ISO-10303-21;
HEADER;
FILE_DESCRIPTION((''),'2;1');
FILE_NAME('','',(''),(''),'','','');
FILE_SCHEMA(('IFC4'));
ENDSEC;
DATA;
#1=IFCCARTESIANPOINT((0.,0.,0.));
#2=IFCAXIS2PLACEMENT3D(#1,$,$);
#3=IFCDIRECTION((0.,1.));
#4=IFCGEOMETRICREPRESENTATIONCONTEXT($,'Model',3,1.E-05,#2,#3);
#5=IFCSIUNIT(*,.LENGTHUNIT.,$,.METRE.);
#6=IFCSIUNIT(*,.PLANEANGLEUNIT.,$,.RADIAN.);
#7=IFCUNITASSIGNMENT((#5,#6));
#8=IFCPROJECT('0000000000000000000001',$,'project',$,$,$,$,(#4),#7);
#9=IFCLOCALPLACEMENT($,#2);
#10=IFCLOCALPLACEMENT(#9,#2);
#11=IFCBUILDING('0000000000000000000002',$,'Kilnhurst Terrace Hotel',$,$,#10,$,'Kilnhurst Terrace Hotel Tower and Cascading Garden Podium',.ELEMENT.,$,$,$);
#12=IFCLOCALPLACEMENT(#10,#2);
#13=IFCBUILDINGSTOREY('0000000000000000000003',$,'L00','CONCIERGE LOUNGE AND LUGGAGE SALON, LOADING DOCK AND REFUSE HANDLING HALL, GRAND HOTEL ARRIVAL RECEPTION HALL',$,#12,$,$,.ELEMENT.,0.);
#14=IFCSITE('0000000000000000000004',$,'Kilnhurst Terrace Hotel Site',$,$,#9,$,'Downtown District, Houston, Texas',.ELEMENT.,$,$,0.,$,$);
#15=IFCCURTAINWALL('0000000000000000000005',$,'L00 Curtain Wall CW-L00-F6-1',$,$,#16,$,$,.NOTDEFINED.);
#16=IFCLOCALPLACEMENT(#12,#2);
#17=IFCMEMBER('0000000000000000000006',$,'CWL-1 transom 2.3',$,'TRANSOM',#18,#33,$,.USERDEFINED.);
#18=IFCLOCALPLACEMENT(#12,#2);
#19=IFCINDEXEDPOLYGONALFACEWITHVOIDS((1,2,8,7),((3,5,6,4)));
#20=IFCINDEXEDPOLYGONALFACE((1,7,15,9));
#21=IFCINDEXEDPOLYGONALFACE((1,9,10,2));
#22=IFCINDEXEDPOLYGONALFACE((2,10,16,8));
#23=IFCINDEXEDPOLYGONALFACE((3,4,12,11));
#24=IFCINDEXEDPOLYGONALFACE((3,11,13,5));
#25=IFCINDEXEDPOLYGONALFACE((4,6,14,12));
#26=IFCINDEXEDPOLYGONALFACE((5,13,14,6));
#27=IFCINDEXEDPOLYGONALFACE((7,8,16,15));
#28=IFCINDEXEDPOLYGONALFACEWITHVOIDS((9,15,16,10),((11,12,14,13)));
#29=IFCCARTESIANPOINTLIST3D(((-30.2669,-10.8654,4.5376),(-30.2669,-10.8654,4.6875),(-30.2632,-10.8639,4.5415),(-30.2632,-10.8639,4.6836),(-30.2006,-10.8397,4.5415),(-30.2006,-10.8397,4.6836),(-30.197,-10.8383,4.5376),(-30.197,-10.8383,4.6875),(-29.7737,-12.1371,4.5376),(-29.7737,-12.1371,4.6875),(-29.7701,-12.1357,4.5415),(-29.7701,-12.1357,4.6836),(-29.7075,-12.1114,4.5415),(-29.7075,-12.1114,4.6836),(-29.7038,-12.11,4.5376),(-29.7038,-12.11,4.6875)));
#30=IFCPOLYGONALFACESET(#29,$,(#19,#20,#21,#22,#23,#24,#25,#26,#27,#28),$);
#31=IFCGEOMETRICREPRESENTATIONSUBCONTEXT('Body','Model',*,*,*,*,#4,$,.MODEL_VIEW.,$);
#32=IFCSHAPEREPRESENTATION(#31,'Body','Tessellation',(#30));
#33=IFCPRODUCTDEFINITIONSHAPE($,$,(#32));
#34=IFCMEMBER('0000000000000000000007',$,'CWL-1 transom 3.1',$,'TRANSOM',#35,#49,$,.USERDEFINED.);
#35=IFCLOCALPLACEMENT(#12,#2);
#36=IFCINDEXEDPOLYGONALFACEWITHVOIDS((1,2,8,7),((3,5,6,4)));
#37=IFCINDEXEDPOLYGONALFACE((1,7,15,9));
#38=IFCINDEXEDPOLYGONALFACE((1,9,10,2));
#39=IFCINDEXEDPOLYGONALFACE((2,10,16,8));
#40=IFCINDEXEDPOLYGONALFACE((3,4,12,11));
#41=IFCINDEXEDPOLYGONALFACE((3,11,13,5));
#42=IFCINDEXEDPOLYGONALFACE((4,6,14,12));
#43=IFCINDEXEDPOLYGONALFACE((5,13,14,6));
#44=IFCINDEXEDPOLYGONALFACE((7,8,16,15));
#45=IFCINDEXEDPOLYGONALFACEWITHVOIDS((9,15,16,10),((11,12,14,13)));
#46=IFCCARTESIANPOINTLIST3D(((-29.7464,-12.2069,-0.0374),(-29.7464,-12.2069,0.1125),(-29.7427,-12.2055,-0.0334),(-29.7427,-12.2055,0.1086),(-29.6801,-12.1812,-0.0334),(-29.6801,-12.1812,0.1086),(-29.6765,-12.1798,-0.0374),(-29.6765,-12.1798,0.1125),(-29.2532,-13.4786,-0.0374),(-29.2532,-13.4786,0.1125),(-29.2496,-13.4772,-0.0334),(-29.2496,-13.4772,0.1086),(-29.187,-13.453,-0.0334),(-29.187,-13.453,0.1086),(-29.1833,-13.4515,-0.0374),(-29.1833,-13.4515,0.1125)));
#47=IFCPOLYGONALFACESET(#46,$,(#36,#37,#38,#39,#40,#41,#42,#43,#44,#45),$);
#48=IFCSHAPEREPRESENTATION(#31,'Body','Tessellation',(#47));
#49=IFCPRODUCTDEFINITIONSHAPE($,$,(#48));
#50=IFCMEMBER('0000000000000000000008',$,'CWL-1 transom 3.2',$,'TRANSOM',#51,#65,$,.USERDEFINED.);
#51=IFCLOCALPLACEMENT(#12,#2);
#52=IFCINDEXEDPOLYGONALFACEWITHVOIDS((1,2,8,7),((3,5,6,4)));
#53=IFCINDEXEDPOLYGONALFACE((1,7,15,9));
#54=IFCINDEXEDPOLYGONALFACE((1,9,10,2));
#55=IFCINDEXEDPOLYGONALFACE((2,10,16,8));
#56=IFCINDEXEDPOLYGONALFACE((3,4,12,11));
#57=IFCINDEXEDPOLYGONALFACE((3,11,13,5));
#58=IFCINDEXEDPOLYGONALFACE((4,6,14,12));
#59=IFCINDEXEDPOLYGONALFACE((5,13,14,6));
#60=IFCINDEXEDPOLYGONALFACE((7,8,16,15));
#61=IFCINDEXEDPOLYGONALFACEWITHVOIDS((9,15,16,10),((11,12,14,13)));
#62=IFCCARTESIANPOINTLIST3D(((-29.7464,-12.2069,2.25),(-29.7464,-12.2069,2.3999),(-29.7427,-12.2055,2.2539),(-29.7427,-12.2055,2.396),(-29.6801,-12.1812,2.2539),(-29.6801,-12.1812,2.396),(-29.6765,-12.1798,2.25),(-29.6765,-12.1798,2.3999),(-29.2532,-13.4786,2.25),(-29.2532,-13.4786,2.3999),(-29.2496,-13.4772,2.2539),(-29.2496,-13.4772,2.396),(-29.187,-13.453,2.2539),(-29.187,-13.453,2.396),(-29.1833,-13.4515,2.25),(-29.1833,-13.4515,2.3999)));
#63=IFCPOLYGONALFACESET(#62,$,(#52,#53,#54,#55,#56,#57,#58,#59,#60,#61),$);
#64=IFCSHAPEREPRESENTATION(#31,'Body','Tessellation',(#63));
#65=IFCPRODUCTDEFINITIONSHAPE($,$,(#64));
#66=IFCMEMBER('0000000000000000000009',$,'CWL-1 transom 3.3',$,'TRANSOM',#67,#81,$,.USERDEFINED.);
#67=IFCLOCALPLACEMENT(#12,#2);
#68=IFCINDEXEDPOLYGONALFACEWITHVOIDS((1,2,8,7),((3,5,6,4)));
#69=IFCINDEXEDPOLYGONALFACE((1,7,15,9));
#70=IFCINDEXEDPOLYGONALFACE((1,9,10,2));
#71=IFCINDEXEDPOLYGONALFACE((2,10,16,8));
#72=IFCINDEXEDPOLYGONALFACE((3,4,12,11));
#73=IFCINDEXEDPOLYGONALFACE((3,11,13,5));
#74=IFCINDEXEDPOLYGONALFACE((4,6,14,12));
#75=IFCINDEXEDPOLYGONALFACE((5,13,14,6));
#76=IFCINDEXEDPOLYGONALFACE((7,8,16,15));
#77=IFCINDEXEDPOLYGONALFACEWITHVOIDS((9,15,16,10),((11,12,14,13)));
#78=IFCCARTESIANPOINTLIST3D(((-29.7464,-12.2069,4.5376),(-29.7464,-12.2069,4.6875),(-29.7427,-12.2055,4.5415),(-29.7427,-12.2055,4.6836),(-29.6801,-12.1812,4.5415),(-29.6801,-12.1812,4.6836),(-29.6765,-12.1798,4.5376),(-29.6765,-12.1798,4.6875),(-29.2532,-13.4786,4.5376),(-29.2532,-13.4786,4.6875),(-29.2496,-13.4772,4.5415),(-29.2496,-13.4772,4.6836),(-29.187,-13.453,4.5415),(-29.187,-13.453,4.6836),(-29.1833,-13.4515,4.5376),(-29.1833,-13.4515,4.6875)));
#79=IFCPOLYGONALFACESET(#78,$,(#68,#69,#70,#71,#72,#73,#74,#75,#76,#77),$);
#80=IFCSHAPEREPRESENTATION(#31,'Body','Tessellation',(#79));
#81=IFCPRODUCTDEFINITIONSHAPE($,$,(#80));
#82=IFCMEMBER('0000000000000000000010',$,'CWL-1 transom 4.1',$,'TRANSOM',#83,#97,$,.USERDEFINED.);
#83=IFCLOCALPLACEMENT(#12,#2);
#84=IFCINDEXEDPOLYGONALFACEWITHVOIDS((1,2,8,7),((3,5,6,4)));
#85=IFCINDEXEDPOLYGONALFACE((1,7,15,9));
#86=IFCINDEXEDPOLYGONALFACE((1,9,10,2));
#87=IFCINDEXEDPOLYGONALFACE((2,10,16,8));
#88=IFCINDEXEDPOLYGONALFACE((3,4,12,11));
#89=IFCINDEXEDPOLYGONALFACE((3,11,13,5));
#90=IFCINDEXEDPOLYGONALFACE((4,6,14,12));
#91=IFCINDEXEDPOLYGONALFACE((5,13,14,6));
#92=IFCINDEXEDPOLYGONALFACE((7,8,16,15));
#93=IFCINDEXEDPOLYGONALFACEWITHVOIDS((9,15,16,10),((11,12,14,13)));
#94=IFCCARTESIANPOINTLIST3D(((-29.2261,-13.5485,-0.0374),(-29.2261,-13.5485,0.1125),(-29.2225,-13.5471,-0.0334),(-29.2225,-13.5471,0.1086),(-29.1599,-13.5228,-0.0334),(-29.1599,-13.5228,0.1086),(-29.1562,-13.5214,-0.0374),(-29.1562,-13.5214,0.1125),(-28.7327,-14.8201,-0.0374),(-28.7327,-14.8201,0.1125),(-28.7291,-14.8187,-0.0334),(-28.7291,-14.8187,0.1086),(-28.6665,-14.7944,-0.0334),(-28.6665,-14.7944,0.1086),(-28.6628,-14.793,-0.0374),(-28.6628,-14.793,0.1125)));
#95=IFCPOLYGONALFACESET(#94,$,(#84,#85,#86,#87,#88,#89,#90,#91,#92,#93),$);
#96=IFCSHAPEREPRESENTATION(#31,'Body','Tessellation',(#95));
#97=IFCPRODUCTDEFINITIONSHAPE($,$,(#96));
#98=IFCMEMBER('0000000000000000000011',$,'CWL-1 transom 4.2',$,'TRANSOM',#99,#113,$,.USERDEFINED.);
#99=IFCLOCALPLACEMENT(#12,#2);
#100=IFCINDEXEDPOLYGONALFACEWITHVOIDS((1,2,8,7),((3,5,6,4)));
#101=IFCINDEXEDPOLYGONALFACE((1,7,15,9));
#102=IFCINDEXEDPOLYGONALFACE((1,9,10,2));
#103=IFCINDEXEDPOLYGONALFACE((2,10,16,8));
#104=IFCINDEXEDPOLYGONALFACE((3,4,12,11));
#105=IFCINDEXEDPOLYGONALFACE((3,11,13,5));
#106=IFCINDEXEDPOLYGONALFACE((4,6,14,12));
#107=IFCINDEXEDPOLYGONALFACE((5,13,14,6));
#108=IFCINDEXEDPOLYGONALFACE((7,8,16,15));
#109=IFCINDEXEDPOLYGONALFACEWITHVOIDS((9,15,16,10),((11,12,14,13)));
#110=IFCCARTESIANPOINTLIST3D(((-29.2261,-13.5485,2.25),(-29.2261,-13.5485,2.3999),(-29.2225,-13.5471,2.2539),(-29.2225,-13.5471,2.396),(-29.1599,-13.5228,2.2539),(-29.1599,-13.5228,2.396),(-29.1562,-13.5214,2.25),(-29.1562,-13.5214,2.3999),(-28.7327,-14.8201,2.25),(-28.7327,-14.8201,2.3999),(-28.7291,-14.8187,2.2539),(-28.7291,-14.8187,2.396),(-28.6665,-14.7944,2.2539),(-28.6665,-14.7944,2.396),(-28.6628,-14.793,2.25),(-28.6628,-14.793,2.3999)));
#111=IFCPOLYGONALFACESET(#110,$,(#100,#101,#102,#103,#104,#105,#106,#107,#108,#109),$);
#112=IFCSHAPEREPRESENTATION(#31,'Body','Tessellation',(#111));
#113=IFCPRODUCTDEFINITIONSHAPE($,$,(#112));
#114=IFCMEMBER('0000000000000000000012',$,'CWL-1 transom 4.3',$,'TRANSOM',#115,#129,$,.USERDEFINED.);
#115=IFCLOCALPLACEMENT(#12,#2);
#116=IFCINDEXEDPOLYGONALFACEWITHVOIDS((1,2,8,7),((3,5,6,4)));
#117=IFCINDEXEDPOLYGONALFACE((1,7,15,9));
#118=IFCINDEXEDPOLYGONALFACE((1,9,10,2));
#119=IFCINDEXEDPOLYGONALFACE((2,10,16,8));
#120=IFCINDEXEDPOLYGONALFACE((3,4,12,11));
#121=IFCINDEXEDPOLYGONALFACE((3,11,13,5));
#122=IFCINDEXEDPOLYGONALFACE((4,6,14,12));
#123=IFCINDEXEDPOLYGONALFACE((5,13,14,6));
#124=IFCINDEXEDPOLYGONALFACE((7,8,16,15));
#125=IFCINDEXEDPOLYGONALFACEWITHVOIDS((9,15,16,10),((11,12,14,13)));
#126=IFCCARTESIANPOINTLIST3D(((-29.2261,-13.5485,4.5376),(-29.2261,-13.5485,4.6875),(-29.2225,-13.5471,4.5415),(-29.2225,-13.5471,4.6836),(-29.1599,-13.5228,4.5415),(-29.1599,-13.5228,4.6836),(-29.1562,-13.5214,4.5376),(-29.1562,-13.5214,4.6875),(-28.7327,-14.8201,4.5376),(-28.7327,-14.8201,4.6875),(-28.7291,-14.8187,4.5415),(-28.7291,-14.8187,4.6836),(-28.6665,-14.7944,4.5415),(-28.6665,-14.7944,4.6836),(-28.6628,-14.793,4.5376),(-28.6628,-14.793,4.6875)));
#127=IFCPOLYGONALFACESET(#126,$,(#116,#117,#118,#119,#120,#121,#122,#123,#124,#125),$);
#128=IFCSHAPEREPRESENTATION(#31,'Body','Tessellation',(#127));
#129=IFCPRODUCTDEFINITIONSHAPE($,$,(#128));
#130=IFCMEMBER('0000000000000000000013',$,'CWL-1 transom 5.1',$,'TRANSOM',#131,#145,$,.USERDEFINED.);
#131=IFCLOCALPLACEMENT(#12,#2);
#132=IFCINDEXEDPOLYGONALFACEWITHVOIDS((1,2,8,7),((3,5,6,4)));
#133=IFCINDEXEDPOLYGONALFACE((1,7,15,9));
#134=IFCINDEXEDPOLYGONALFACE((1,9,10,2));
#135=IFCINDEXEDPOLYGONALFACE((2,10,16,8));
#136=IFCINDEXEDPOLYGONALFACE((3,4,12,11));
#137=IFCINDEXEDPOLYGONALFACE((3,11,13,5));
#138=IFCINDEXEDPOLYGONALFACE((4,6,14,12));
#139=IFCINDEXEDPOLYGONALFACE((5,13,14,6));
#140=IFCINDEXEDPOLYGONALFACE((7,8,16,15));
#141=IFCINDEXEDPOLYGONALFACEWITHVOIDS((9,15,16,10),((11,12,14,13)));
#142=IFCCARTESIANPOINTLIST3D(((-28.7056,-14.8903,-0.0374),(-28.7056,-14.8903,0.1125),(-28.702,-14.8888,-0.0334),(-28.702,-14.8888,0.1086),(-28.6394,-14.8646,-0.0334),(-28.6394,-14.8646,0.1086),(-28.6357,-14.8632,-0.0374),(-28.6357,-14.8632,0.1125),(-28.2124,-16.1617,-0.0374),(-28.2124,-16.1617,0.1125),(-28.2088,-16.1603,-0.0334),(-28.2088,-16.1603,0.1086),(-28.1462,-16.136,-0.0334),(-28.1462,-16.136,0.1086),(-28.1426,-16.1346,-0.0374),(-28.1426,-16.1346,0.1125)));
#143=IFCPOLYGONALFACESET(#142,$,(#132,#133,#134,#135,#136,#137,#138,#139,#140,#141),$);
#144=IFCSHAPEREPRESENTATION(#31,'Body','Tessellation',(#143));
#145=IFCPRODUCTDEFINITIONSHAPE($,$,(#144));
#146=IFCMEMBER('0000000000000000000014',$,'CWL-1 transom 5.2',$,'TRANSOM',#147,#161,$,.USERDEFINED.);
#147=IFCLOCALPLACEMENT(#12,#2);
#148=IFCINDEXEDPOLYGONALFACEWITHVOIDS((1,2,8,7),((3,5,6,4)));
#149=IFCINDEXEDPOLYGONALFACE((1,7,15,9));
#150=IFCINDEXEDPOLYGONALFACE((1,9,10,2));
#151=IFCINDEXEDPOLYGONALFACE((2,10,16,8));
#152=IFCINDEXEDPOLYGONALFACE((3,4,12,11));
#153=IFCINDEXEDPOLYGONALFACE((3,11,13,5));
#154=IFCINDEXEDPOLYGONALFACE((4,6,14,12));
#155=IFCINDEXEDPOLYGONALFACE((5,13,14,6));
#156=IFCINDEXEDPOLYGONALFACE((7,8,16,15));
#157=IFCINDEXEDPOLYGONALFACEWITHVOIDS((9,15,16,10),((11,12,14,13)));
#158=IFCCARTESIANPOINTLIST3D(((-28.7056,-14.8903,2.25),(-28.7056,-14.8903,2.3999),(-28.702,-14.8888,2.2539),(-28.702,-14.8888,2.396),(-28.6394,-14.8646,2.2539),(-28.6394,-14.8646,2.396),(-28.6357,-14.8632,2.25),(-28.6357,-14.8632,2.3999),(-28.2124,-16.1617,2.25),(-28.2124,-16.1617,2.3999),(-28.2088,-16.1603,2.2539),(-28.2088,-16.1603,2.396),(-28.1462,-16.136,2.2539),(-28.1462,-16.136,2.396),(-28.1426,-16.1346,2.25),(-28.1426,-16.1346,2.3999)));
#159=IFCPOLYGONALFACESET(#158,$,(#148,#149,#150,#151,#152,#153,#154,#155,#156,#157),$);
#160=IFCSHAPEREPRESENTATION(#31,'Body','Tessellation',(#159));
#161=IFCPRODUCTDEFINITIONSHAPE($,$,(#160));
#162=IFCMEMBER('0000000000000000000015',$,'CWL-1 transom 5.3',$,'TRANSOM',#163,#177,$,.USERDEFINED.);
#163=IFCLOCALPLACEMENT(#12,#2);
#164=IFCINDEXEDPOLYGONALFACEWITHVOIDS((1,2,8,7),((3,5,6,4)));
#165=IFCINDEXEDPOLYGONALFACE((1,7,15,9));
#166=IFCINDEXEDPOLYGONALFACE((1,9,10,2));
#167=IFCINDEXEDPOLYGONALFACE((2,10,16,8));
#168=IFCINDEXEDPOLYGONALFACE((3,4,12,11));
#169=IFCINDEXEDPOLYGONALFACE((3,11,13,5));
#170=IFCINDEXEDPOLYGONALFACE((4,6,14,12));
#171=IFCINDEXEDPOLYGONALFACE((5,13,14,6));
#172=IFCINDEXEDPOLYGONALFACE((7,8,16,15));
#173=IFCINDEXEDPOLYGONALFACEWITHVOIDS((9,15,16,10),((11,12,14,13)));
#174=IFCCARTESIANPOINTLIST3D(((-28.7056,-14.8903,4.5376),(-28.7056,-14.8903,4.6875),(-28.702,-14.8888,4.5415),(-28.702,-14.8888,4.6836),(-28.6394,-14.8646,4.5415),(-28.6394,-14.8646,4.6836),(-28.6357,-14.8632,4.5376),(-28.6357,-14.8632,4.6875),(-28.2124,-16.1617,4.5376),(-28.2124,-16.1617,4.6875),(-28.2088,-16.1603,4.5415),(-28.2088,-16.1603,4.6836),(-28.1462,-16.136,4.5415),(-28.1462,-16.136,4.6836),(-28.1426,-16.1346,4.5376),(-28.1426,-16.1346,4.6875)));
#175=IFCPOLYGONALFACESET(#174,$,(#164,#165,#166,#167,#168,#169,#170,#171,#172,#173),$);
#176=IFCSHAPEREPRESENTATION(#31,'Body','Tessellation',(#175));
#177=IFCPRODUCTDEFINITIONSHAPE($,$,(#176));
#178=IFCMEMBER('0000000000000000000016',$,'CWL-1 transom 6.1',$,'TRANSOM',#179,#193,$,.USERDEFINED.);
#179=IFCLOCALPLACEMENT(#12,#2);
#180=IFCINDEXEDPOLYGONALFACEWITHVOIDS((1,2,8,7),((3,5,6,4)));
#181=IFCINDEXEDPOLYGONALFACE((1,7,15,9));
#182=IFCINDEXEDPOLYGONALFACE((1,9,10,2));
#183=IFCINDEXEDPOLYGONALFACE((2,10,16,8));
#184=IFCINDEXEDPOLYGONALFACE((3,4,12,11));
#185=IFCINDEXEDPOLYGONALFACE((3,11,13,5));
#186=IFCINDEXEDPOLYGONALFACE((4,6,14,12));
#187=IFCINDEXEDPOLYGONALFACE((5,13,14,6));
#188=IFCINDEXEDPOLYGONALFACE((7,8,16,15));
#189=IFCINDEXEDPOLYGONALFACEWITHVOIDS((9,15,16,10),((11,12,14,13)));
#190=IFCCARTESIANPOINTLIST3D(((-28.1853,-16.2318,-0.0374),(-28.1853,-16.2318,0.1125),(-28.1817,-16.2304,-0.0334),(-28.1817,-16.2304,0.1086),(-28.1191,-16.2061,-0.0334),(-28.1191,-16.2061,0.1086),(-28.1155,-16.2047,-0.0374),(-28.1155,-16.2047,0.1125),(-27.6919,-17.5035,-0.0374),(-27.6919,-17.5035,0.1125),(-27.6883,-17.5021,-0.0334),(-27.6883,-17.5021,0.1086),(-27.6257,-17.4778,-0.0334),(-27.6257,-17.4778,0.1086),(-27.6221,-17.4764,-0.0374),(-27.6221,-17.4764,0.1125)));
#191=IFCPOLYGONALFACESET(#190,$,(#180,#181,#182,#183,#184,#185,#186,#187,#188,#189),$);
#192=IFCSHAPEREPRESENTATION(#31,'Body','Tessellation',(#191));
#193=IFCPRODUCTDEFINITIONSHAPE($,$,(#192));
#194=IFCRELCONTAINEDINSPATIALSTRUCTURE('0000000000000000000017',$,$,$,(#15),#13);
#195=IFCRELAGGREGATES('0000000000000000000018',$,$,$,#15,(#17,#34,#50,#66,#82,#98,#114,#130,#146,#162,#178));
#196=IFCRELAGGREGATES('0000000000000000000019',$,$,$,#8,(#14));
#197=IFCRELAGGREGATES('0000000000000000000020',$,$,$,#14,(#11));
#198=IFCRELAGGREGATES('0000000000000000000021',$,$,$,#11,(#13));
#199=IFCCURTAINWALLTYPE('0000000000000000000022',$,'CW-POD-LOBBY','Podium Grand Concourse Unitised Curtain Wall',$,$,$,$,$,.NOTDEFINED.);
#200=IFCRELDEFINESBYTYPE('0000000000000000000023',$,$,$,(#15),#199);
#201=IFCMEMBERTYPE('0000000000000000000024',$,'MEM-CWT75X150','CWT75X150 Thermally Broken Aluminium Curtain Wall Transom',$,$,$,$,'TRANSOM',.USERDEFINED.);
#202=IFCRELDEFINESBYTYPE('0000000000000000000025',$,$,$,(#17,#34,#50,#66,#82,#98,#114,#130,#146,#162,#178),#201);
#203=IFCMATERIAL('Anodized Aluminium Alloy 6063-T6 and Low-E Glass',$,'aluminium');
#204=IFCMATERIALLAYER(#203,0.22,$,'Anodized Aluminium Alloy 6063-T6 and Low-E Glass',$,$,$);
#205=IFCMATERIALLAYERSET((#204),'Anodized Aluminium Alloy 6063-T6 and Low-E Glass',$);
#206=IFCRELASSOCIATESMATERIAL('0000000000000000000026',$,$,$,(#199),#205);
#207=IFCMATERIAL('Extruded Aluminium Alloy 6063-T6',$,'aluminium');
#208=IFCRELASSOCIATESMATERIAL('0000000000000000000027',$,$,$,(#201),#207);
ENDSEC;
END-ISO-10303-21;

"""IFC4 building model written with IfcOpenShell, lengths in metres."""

from ifc_helpers import new_model, si_unit, direction, frame, origin, origin_2d, place, context, subcontext, project, spatial, hollow_rectangle, extrude, material, layer, layer_set, material_profile, profile_set, type_object, element, aggregate, save


model = new_model("IFC4")

# Units and contexts
model_context = context("Model", 3, precision=1e-05, world=origin(), true_north=direction((0.0, 1.0)))
body_context = subcontext(model_context, "Body", "Model", "MODEL_VIEW")
ifc_project = project(units=[si_unit("LENGTHUNIT", "METRE"), si_unit("PLANEANGLEUNIT", "RADIAN")], contexts=[model_context])

# Site, building, storey
site_placement = place(None, origin())
site = spatial("IfcSite", under=ifc_project, at=site_placement, Name="Kilnhurst Terrace Hotel Site", LongName="Downtown District, Houston, Texas", CompositionType="ELEMENT", RefElevation=0.0)
building_placement = place(site_placement, origin())
building = spatial("IfcBuilding", under=site, at=building_placement, Name="Kilnhurst Terrace Hotel", LongName="Kilnhurst Terrace Hotel Tower and Cascading Garden Podium", CompositionType="ELEMENT")
storey_placement = place(building_placement, origin())
storey = spatial("IfcBuildingStorey", under=building, at=storey_placement, Name="L00", Description="CONCIERGE LOUNGE AND LUGGAGE SALON, LOADING DOCK AND REFUSE HANDLING HALL, GRAND HOTEL ARRIVAL RECEPTION HALL", CompositionType="ELEMENT", Elevation=0.0)

# Curtain wall, members
ifc_material_1 = material(Name="Anodized Aluminium Alloy 6063-T6 and Low-E Glass", Category="aluminium")
ifc_layer_1 = layer(ifc_material_1, 0.22, Name="Anodized Aluminium Alloy 6063-T6 and Low-E Glass")
ifc_layer_set_1 = layer_set([ifc_layer_1], Name="Anodized Aluminium Alloy 6063-T6 and Low-E Glass")
curtain_wall_type = type_object("IfcCurtainWallType", Name="CW-POD-LOBBY", Description="Podium Grand Concourse Unitised Curtain Wall", PredefinedType="NOTDEFINED", material=ifc_layer_set_1)
curtain_wall_placement = place(storey_placement, origin())
curtain_wall = element("IfcCurtainWall", 1, at=curtain_wall_placement, inside=storey, type_object=curtain_wall_type, Name="L00 Curtain Wall CW-L00-F6-1", PredefinedType="NOTDEFINED")
ifc_material_2 = material(Name="Extruded Aluminium Alloy 6063-T6", Category="aluminium")
ifc_material_profile_1 = material_profile(ifc_material_2, hollow_rectangle(XDim=0.075, YDim=0.1499, WallThickness=0.0039, at=origin_2d()), Name="CWT75X150")
ifc_profile_set_1 = profile_set([ifc_material_profile_1], Name="Extruded Aluminium Alloy 6063-T6")
member_type_1 = type_object("IfcMemberType", Name="MEM-CWT75X150", Description="CWT75X150 Thermally Broken Aluminium Curtain Wall Transom", ElementType="TRANSOM", PredefinedType="USERDEFINED", material=ifc_profile_set_1)
member_1_placement = place(storey_placement, frame((-30.2319, -10.8518, 4.6125), z_axis=(0.361556, -0.93235, 0.0), x_axis=(0.93235, 0.361556, 0.0)))
member_1 = element("IfcMember", 2, at=member_1_placement, type_object=member_type_1, Name="CWL-1 transom 2.3", ObjectType="TRANSOM", PredefinedType="USERDEFINED", context=body_context, shape_type="SweptSolid", body=[
    extrude(hollow_rectangle(XDim=0.075, YDim=0.1499, WallThickness=0.0039, at=origin_2d()), origin(), (0.0, 0.0, 1.0), 1.364),
])
member_2_placement = place(storey_placement, frame((-29.7114, -12.1934, 0.0376), z_axis=(0.361556, -0.93235, 0.0), x_axis=(0.93235, 0.361556, 0.0)))
member_2 = element("IfcMember", 3, at=member_2_placement, type_object=member_type_1, Name="CWL-1 transom 3.1", ObjectType="TRANSOM", PredefinedType="USERDEFINED", context=body_context, shape_type="SweptSolid", body=[
    extrude(hollow_rectangle(XDim=0.075, YDim=0.1499, WallThickness=0.0039, at=origin_2d()), origin(), (0.0, 0.0, 1.0), 1.364),
])
member_3_placement = place(storey_placement, frame((-29.7114, -12.1934, 2.325), z_axis=(0.361556, -0.93235, 0.0), x_axis=(0.93235, 0.361556, 0.0)))
member_3 = element("IfcMember", 4, at=member_3_placement, type_object=member_type_1, Name="CWL-1 transom 3.2", ObjectType="TRANSOM", PredefinedType="USERDEFINED", context=body_context, shape_type="SweptSolid", body=[
    extrude(hollow_rectangle(XDim=0.075, YDim=0.1499, WallThickness=0.0039, at=origin_2d()), origin(), (0.0, 0.0, 1.0), 1.364),
])
member_4_placement = place(storey_placement, frame((-29.7114, -12.1934, 4.6125), z_axis=(0.361556, -0.93235, 0.0), x_axis=(0.93235, 0.361556, 0.0)))
member_4 = element("IfcMember", 5, at=member_4_placement, type_object=member_type_1, Name="CWL-1 transom 3.3", ObjectType="TRANSOM", PredefinedType="USERDEFINED", context=body_context, shape_type="SweptSolid", body=[
    extrude(hollow_rectangle(XDim=0.075, YDim=0.1499, WallThickness=0.0039, at=origin_2d()), origin(), (0.0, 0.0, 1.0), 1.364),
])
member_5_placement = place(storey_placement, frame((-29.1912, -13.5349, 0.0376), z_axis=(0.361712, -0.93229, 0.0), x_axis=(0.93229, 0.361712, 0.0)))
member_5 = element("IfcMember", 6, at=member_5_placement, type_object=member_type_1, Name="CWL-1 transom 4.1", ObjectType="TRANSOM", PredefinedType="USERDEFINED", context=body_context, shape_type="SweptSolid", body=[
    extrude(hollow_rectangle(XDim=0.075, YDim=0.1499, WallThickness=0.0039, at=origin_2d()), origin(), (0.0, 0.0, 1.0), 1.364),
])
member_6_placement = place(storey_placement, frame((-29.1912, -13.5349, 2.325), z_axis=(0.361712, -0.93229, 0.0), x_axis=(0.93229, 0.361712, 0.0)))
member_6 = element("IfcMember", 7, at=member_6_placement, type_object=member_type_1, Name="CWL-1 transom 4.2", ObjectType="TRANSOM", PredefinedType="USERDEFINED", context=body_context, shape_type="SweptSolid", body=[
    extrude(hollow_rectangle(XDim=0.075, YDim=0.1499, WallThickness=0.0039, at=origin_2d()), origin(), (0.0, 0.0, 1.0), 1.364),
])
member_7_placement = place(storey_placement, frame((-29.1912, -13.5349, 4.6125), z_axis=(0.361712, -0.93229, 0.0), x_axis=(0.93229, 0.361712, 0.0)))
member_7 = element("IfcMember", 8, at=member_7_placement, type_object=member_type_1, Name="CWL-1 transom 4.3", ObjectType="TRANSOM", PredefinedType="USERDEFINED", context=body_context, shape_type="SweptSolid", body=[
    extrude(hollow_rectangle(XDim=0.075, YDim=0.1499, WallThickness=0.0039, at=origin_2d()), origin(), (0.0, 0.0, 1.0), 1.364),
])
member_8_placement = place(storey_placement, frame((-28.6707, -14.8767, 0.0376), z_axis=(0.361617, -0.932327, 0.0), x_axis=(0.932327, 0.361617, 0.0)))
member_8 = element("IfcMember", 9, at=member_8_placement, type_object=member_type_1, Name="CWL-1 transom 5.1", ObjectType="TRANSOM", PredefinedType="USERDEFINED", context=body_context, shape_type="SweptSolid", body=[
    extrude(hollow_rectangle(XDim=0.075, YDim=0.1499, WallThickness=0.0039, at=origin_2d()), origin(), (0.0, 0.0, 1.0), 1.3638),
])
member_9_placement = place(storey_placement, frame((-28.6707, -14.8767, 2.325), z_axis=(0.361617, -0.932327, 0.0), x_axis=(0.932327, 0.361617, 0.0)))
member_9 = element("IfcMember", 10, at=member_9_placement, type_object=member_type_1, Name="CWL-1 transom 5.2", ObjectType="TRANSOM", PredefinedType="USERDEFINED", context=body_context, shape_type="SweptSolid", body=[
    extrude(hollow_rectangle(XDim=0.075, YDim=0.1499, WallThickness=0.0039, at=origin_2d()), origin(), (0.0, 0.0, 1.0), 1.3638),
])
member_10_placement = place(storey_placement, frame((-28.6707, -14.8767, 4.6125), z_axis=(0.361617, -0.932327, 0.0), x_axis=(0.932327, 0.361617, 0.0)))
member_10 = element("IfcMember", 11, at=member_10_placement, type_object=member_type_1, Name="CWL-1 transom 5.3", ObjectType="TRANSOM", PredefinedType="USERDEFINED", context=body_context, shape_type="SweptSolid", body=[
    extrude(hollow_rectangle(XDim=0.075, YDim=0.1499, WallThickness=0.0039, at=origin_2d()), origin(), (0.0, 0.0, 1.0), 1.3638),
])
member_11_placement = place(storey_placement, frame((-28.1504, -16.2183, 0.0376), z_axis=(0.361712, -0.93229, 0.0), x_axis=(0.93229, 0.361712, 0.0)))
member_11 = element("IfcMember", 12, at=member_11_placement, type_object=member_type_1, Name="CWL-1 transom 6.1", ObjectType="TRANSOM", PredefinedType="USERDEFINED", context=body_context, shape_type="SweptSolid", body=[
    extrude(hollow_rectangle(XDim=0.075, YDim=0.1499, WallThickness=0.0039, at=origin_2d()), origin(), (0.0, 0.0, 1.0), 1.364),
])
aggregate(curtain_wall, [member_1, member_2, member_3, member_4, member_5, member_6, member_7, member_8, member_9, member_10, member_11])

save(model, "model.ifc")
